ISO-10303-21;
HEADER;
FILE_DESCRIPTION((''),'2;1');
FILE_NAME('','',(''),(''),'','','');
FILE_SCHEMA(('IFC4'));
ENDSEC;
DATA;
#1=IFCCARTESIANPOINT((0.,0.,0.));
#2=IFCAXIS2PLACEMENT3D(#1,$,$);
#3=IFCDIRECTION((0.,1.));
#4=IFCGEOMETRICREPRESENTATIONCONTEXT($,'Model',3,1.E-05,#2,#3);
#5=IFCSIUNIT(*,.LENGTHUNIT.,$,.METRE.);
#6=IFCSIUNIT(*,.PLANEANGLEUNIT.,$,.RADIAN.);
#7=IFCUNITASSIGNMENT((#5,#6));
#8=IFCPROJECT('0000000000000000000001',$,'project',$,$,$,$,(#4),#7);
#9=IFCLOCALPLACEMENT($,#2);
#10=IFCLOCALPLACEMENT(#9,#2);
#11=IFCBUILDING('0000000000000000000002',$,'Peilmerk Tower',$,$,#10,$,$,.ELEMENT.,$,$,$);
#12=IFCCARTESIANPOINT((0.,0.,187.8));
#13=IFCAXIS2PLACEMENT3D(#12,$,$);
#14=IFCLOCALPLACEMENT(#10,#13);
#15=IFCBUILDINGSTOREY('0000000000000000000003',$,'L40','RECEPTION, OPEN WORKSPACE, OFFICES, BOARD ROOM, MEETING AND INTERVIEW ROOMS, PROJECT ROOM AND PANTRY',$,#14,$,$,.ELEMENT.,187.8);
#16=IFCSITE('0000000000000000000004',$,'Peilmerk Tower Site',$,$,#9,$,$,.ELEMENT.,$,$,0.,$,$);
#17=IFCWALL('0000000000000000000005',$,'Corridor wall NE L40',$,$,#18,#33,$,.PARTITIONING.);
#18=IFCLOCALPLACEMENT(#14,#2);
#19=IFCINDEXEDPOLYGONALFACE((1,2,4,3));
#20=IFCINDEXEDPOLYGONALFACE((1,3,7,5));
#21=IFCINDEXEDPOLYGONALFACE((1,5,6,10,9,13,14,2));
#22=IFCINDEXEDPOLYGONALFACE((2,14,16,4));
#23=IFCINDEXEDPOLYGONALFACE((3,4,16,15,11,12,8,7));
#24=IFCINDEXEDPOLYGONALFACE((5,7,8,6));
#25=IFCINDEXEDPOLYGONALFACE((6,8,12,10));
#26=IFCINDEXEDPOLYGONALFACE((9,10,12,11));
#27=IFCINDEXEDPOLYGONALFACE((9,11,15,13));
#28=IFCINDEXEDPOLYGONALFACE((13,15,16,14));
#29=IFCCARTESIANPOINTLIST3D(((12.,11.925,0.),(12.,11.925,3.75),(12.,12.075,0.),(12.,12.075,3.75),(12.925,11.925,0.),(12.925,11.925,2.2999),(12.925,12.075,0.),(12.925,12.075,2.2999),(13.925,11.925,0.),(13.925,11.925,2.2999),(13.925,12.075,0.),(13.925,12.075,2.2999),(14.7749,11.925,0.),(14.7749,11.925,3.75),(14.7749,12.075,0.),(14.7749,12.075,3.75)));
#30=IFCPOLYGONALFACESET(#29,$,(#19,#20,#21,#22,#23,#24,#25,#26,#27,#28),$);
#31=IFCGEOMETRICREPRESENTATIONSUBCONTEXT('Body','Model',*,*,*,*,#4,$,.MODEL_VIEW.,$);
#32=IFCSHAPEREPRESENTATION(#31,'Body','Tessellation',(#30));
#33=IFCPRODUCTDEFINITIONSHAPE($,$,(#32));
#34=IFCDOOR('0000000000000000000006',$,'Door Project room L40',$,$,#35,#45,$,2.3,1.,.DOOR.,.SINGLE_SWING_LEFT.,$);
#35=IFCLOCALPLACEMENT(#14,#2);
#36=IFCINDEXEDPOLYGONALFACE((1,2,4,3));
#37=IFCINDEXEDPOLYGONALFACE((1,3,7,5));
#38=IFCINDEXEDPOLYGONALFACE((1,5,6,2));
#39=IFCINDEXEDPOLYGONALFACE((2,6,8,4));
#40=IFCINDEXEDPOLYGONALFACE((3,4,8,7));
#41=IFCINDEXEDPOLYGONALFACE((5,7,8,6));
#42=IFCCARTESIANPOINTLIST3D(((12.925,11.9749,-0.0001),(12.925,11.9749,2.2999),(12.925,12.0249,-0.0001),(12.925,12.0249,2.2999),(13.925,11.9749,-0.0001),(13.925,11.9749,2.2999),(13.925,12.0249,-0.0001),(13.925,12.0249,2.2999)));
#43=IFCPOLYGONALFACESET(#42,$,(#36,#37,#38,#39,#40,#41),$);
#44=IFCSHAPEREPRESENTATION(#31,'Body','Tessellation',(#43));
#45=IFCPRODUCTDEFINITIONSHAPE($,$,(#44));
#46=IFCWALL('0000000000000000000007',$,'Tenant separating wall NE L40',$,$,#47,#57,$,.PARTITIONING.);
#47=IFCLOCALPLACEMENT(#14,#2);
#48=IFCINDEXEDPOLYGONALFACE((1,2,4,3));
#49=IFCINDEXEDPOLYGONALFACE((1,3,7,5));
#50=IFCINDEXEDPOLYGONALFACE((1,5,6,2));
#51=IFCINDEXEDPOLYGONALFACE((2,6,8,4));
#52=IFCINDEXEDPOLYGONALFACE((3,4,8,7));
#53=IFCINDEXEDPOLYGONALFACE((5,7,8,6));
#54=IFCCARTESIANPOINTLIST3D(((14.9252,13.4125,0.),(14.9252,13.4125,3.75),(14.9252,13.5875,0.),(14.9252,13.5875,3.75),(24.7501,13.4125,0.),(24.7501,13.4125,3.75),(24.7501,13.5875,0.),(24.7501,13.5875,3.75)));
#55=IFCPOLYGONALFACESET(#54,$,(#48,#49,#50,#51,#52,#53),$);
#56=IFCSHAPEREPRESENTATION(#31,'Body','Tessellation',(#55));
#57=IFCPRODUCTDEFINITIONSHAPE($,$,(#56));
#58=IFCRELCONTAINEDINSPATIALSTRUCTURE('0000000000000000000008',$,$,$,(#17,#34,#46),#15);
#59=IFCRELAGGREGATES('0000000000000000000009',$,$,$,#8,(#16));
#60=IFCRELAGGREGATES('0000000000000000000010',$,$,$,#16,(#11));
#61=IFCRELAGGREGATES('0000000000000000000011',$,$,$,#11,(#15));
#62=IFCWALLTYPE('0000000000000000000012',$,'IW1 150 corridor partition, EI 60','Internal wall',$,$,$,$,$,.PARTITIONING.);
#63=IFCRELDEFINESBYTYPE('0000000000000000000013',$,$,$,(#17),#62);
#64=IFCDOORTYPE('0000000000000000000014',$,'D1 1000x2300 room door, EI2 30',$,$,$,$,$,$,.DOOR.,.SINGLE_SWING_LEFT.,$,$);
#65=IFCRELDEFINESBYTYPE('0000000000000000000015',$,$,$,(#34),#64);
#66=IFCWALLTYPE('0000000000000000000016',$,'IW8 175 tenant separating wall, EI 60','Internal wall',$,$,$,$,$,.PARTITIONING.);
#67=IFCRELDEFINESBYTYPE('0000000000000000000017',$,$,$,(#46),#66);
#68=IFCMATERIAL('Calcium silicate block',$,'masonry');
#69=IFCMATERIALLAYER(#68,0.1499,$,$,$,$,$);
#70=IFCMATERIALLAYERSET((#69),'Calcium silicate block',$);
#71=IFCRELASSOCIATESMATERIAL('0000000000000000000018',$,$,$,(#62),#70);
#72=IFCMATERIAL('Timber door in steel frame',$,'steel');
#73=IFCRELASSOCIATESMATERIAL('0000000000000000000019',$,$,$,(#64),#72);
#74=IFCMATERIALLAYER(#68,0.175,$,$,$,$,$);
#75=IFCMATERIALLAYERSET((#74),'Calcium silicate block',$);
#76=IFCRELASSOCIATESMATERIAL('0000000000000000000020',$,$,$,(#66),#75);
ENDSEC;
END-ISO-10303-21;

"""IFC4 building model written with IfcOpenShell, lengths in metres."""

from ifc_helpers import new_model, si_unit, direction, frame, frame_2d, origin, place, context, subcontext, project, spatial, rectangle, extrude, material, layer, layer_set, type_object, element, fill, save


model = new_model("IFC4")

# Units and contexts
model_context = context("Model", 3, precision=1e-05, world=origin(), true_north=direction((0.0, 1.0)))
body_context = subcontext(model_context, "Body", "Model", "MODEL_VIEW")
ifc_project = project(units=[si_unit("LENGTHUNIT", "METRE"), si_unit("PLANEANGLEUNIT", "RADIAN")], contexts=[model_context])

# Site, building, storey
site_placement = place(None, origin())
site = spatial("IfcSite", under=ifc_project, at=site_placement, Name="Peilmerk Tower Site", CompositionType="ELEMENT", RefElevation=0.0)
building_placement = place(site_placement, origin())
building = spatial("IfcBuilding", under=site, at=building_placement, Name="Peilmerk Tower", CompositionType="ELEMENT")
storey_placement = place(building_placement, frame((0.0, 0.0, 187.8)))
storey = spatial("IfcBuildingStorey", under=building, at=storey_placement, Name="L40", Description="RECEPTION, OPEN WORKSPACE, OFFICES, BOARD ROOM, MEETING AND INTERVIEW ROOMS, PROJECT ROOM AND PANTRY", CompositionType="ELEMENT", Elevation=187.8)

# Wall, opening, door
ifc_material_1 = material(Name="Calcium silicate block", Category="masonry")
ifc_layer_1 = layer(ifc_material_1, 0.1499)
ifc_layer_set_1 = layer_set([ifc_layer_1], Name="Calcium silicate block")
wall_type_1 = type_object("IfcWallType", Name="IW1 150 corridor partition, EI 60", Description="Internal wall", PredefinedType="PARTITIONING", material=ifc_layer_set_1)
wall_1_placement = place(storey_placement, frame((12.0, 12.0, 0.0), z_axis=(0.0, 0.0, 1.0), x_axis=(1.0, 0.0, 0.0)))
wall_1 = element("IfcWall", 1, at=wall_1_placement, inside=storey, type_object=wall_type_1, Name="Corridor wall NE L40", PredefinedType="PARTITIONING", context=body_context, shape_type="SweptSolid", body=[
    extrude(rectangle(XDim=2.7749, YDim=0.1499, at=frame_2d((1.3875, 0.0))), origin(), (0.0, 0.0, 1.0), 3.75),
])
opening_placement = place(wall_1_placement, frame((0.925, 0.0, 0.0)))
opening = element("IfcOpeningElement", 2, at=opening_placement, cuts=wall_1, PredefinedType="OPENING", context=body_context, shape_type="SweptSolid", body=[
    extrude(rectangle(XDim=1.0, YDim=2.3, at=frame_2d((0.5, 1.1499))), frame((0.0, 0.085, 0.0), z_axis=(0.0, -1.0, 0.0), x_axis=(1.0, 0.0, 0.0)), (0.0, 0.0, 1.0), 0.1699),
])
ifc_material_2 = material(Name="Timber door in steel frame", Category="steel")
door_type = type_object("IfcDoorType", Name="D1 1000x2300 room door, EI2 30", OperationType="SINGLE_SWING_LEFT", PredefinedType="DOOR", material=ifc_material_2)
door_placement = place(opening_placement, origin())
door = element("IfcDoor", 3, at=door_placement, inside=storey, type_object=door_type, Name="Door Project room L40", OperationType="SINGLE_SWING_LEFT", OverallHeight=2.3, OverallWidth=1.0, PredefinedType="DOOR", context=body_context, shape_type="SweptSolid", body=[
    extrude(rectangle(XDim=1.0, YDim=2.3, at=frame_2d((0.5, 1.1499))), frame((0.0, 0.0249, 0.0), z_axis=(0.0, -1.0, 0.0), x_axis=(1.0, 0.0, 0.0)), (0.0, 0.0, 1.0), 0.05),
])
fill(opening, door)

# Wall
ifc_layer_2 = layer(ifc_material_1, 0.175)
ifc_layer_set_2 = layer_set([ifc_layer_2], Name="Calcium silicate block")
wall_type_2 = type_object("IfcWallType", Name="IW8 175 tenant separating wall, EI 60", Description="Internal wall", PredefinedType="PARTITIONING", material=ifc_layer_set_2)
wall_2_placement = place(storey_placement, frame((14.925, 13.5, 0.0), z_axis=(0.0, 0.0, 1.0), x_axis=(1.0, 0.0, 0.0)))
element("IfcWall", 4, at=wall_2_placement, inside=storey, type_object=wall_type_2, Name="Tenant separating wall NE L40", PredefinedType="PARTITIONING", context=body_context, shape_type="SweptSolid", body=[
    extrude(rectangle(XDim=9.825, YDim=0.175, at=frame_2d((4.9126, 0.0))), origin(), (0.0, 0.0, 1.0), 3.75),
])

save(model, "model.ifc")
